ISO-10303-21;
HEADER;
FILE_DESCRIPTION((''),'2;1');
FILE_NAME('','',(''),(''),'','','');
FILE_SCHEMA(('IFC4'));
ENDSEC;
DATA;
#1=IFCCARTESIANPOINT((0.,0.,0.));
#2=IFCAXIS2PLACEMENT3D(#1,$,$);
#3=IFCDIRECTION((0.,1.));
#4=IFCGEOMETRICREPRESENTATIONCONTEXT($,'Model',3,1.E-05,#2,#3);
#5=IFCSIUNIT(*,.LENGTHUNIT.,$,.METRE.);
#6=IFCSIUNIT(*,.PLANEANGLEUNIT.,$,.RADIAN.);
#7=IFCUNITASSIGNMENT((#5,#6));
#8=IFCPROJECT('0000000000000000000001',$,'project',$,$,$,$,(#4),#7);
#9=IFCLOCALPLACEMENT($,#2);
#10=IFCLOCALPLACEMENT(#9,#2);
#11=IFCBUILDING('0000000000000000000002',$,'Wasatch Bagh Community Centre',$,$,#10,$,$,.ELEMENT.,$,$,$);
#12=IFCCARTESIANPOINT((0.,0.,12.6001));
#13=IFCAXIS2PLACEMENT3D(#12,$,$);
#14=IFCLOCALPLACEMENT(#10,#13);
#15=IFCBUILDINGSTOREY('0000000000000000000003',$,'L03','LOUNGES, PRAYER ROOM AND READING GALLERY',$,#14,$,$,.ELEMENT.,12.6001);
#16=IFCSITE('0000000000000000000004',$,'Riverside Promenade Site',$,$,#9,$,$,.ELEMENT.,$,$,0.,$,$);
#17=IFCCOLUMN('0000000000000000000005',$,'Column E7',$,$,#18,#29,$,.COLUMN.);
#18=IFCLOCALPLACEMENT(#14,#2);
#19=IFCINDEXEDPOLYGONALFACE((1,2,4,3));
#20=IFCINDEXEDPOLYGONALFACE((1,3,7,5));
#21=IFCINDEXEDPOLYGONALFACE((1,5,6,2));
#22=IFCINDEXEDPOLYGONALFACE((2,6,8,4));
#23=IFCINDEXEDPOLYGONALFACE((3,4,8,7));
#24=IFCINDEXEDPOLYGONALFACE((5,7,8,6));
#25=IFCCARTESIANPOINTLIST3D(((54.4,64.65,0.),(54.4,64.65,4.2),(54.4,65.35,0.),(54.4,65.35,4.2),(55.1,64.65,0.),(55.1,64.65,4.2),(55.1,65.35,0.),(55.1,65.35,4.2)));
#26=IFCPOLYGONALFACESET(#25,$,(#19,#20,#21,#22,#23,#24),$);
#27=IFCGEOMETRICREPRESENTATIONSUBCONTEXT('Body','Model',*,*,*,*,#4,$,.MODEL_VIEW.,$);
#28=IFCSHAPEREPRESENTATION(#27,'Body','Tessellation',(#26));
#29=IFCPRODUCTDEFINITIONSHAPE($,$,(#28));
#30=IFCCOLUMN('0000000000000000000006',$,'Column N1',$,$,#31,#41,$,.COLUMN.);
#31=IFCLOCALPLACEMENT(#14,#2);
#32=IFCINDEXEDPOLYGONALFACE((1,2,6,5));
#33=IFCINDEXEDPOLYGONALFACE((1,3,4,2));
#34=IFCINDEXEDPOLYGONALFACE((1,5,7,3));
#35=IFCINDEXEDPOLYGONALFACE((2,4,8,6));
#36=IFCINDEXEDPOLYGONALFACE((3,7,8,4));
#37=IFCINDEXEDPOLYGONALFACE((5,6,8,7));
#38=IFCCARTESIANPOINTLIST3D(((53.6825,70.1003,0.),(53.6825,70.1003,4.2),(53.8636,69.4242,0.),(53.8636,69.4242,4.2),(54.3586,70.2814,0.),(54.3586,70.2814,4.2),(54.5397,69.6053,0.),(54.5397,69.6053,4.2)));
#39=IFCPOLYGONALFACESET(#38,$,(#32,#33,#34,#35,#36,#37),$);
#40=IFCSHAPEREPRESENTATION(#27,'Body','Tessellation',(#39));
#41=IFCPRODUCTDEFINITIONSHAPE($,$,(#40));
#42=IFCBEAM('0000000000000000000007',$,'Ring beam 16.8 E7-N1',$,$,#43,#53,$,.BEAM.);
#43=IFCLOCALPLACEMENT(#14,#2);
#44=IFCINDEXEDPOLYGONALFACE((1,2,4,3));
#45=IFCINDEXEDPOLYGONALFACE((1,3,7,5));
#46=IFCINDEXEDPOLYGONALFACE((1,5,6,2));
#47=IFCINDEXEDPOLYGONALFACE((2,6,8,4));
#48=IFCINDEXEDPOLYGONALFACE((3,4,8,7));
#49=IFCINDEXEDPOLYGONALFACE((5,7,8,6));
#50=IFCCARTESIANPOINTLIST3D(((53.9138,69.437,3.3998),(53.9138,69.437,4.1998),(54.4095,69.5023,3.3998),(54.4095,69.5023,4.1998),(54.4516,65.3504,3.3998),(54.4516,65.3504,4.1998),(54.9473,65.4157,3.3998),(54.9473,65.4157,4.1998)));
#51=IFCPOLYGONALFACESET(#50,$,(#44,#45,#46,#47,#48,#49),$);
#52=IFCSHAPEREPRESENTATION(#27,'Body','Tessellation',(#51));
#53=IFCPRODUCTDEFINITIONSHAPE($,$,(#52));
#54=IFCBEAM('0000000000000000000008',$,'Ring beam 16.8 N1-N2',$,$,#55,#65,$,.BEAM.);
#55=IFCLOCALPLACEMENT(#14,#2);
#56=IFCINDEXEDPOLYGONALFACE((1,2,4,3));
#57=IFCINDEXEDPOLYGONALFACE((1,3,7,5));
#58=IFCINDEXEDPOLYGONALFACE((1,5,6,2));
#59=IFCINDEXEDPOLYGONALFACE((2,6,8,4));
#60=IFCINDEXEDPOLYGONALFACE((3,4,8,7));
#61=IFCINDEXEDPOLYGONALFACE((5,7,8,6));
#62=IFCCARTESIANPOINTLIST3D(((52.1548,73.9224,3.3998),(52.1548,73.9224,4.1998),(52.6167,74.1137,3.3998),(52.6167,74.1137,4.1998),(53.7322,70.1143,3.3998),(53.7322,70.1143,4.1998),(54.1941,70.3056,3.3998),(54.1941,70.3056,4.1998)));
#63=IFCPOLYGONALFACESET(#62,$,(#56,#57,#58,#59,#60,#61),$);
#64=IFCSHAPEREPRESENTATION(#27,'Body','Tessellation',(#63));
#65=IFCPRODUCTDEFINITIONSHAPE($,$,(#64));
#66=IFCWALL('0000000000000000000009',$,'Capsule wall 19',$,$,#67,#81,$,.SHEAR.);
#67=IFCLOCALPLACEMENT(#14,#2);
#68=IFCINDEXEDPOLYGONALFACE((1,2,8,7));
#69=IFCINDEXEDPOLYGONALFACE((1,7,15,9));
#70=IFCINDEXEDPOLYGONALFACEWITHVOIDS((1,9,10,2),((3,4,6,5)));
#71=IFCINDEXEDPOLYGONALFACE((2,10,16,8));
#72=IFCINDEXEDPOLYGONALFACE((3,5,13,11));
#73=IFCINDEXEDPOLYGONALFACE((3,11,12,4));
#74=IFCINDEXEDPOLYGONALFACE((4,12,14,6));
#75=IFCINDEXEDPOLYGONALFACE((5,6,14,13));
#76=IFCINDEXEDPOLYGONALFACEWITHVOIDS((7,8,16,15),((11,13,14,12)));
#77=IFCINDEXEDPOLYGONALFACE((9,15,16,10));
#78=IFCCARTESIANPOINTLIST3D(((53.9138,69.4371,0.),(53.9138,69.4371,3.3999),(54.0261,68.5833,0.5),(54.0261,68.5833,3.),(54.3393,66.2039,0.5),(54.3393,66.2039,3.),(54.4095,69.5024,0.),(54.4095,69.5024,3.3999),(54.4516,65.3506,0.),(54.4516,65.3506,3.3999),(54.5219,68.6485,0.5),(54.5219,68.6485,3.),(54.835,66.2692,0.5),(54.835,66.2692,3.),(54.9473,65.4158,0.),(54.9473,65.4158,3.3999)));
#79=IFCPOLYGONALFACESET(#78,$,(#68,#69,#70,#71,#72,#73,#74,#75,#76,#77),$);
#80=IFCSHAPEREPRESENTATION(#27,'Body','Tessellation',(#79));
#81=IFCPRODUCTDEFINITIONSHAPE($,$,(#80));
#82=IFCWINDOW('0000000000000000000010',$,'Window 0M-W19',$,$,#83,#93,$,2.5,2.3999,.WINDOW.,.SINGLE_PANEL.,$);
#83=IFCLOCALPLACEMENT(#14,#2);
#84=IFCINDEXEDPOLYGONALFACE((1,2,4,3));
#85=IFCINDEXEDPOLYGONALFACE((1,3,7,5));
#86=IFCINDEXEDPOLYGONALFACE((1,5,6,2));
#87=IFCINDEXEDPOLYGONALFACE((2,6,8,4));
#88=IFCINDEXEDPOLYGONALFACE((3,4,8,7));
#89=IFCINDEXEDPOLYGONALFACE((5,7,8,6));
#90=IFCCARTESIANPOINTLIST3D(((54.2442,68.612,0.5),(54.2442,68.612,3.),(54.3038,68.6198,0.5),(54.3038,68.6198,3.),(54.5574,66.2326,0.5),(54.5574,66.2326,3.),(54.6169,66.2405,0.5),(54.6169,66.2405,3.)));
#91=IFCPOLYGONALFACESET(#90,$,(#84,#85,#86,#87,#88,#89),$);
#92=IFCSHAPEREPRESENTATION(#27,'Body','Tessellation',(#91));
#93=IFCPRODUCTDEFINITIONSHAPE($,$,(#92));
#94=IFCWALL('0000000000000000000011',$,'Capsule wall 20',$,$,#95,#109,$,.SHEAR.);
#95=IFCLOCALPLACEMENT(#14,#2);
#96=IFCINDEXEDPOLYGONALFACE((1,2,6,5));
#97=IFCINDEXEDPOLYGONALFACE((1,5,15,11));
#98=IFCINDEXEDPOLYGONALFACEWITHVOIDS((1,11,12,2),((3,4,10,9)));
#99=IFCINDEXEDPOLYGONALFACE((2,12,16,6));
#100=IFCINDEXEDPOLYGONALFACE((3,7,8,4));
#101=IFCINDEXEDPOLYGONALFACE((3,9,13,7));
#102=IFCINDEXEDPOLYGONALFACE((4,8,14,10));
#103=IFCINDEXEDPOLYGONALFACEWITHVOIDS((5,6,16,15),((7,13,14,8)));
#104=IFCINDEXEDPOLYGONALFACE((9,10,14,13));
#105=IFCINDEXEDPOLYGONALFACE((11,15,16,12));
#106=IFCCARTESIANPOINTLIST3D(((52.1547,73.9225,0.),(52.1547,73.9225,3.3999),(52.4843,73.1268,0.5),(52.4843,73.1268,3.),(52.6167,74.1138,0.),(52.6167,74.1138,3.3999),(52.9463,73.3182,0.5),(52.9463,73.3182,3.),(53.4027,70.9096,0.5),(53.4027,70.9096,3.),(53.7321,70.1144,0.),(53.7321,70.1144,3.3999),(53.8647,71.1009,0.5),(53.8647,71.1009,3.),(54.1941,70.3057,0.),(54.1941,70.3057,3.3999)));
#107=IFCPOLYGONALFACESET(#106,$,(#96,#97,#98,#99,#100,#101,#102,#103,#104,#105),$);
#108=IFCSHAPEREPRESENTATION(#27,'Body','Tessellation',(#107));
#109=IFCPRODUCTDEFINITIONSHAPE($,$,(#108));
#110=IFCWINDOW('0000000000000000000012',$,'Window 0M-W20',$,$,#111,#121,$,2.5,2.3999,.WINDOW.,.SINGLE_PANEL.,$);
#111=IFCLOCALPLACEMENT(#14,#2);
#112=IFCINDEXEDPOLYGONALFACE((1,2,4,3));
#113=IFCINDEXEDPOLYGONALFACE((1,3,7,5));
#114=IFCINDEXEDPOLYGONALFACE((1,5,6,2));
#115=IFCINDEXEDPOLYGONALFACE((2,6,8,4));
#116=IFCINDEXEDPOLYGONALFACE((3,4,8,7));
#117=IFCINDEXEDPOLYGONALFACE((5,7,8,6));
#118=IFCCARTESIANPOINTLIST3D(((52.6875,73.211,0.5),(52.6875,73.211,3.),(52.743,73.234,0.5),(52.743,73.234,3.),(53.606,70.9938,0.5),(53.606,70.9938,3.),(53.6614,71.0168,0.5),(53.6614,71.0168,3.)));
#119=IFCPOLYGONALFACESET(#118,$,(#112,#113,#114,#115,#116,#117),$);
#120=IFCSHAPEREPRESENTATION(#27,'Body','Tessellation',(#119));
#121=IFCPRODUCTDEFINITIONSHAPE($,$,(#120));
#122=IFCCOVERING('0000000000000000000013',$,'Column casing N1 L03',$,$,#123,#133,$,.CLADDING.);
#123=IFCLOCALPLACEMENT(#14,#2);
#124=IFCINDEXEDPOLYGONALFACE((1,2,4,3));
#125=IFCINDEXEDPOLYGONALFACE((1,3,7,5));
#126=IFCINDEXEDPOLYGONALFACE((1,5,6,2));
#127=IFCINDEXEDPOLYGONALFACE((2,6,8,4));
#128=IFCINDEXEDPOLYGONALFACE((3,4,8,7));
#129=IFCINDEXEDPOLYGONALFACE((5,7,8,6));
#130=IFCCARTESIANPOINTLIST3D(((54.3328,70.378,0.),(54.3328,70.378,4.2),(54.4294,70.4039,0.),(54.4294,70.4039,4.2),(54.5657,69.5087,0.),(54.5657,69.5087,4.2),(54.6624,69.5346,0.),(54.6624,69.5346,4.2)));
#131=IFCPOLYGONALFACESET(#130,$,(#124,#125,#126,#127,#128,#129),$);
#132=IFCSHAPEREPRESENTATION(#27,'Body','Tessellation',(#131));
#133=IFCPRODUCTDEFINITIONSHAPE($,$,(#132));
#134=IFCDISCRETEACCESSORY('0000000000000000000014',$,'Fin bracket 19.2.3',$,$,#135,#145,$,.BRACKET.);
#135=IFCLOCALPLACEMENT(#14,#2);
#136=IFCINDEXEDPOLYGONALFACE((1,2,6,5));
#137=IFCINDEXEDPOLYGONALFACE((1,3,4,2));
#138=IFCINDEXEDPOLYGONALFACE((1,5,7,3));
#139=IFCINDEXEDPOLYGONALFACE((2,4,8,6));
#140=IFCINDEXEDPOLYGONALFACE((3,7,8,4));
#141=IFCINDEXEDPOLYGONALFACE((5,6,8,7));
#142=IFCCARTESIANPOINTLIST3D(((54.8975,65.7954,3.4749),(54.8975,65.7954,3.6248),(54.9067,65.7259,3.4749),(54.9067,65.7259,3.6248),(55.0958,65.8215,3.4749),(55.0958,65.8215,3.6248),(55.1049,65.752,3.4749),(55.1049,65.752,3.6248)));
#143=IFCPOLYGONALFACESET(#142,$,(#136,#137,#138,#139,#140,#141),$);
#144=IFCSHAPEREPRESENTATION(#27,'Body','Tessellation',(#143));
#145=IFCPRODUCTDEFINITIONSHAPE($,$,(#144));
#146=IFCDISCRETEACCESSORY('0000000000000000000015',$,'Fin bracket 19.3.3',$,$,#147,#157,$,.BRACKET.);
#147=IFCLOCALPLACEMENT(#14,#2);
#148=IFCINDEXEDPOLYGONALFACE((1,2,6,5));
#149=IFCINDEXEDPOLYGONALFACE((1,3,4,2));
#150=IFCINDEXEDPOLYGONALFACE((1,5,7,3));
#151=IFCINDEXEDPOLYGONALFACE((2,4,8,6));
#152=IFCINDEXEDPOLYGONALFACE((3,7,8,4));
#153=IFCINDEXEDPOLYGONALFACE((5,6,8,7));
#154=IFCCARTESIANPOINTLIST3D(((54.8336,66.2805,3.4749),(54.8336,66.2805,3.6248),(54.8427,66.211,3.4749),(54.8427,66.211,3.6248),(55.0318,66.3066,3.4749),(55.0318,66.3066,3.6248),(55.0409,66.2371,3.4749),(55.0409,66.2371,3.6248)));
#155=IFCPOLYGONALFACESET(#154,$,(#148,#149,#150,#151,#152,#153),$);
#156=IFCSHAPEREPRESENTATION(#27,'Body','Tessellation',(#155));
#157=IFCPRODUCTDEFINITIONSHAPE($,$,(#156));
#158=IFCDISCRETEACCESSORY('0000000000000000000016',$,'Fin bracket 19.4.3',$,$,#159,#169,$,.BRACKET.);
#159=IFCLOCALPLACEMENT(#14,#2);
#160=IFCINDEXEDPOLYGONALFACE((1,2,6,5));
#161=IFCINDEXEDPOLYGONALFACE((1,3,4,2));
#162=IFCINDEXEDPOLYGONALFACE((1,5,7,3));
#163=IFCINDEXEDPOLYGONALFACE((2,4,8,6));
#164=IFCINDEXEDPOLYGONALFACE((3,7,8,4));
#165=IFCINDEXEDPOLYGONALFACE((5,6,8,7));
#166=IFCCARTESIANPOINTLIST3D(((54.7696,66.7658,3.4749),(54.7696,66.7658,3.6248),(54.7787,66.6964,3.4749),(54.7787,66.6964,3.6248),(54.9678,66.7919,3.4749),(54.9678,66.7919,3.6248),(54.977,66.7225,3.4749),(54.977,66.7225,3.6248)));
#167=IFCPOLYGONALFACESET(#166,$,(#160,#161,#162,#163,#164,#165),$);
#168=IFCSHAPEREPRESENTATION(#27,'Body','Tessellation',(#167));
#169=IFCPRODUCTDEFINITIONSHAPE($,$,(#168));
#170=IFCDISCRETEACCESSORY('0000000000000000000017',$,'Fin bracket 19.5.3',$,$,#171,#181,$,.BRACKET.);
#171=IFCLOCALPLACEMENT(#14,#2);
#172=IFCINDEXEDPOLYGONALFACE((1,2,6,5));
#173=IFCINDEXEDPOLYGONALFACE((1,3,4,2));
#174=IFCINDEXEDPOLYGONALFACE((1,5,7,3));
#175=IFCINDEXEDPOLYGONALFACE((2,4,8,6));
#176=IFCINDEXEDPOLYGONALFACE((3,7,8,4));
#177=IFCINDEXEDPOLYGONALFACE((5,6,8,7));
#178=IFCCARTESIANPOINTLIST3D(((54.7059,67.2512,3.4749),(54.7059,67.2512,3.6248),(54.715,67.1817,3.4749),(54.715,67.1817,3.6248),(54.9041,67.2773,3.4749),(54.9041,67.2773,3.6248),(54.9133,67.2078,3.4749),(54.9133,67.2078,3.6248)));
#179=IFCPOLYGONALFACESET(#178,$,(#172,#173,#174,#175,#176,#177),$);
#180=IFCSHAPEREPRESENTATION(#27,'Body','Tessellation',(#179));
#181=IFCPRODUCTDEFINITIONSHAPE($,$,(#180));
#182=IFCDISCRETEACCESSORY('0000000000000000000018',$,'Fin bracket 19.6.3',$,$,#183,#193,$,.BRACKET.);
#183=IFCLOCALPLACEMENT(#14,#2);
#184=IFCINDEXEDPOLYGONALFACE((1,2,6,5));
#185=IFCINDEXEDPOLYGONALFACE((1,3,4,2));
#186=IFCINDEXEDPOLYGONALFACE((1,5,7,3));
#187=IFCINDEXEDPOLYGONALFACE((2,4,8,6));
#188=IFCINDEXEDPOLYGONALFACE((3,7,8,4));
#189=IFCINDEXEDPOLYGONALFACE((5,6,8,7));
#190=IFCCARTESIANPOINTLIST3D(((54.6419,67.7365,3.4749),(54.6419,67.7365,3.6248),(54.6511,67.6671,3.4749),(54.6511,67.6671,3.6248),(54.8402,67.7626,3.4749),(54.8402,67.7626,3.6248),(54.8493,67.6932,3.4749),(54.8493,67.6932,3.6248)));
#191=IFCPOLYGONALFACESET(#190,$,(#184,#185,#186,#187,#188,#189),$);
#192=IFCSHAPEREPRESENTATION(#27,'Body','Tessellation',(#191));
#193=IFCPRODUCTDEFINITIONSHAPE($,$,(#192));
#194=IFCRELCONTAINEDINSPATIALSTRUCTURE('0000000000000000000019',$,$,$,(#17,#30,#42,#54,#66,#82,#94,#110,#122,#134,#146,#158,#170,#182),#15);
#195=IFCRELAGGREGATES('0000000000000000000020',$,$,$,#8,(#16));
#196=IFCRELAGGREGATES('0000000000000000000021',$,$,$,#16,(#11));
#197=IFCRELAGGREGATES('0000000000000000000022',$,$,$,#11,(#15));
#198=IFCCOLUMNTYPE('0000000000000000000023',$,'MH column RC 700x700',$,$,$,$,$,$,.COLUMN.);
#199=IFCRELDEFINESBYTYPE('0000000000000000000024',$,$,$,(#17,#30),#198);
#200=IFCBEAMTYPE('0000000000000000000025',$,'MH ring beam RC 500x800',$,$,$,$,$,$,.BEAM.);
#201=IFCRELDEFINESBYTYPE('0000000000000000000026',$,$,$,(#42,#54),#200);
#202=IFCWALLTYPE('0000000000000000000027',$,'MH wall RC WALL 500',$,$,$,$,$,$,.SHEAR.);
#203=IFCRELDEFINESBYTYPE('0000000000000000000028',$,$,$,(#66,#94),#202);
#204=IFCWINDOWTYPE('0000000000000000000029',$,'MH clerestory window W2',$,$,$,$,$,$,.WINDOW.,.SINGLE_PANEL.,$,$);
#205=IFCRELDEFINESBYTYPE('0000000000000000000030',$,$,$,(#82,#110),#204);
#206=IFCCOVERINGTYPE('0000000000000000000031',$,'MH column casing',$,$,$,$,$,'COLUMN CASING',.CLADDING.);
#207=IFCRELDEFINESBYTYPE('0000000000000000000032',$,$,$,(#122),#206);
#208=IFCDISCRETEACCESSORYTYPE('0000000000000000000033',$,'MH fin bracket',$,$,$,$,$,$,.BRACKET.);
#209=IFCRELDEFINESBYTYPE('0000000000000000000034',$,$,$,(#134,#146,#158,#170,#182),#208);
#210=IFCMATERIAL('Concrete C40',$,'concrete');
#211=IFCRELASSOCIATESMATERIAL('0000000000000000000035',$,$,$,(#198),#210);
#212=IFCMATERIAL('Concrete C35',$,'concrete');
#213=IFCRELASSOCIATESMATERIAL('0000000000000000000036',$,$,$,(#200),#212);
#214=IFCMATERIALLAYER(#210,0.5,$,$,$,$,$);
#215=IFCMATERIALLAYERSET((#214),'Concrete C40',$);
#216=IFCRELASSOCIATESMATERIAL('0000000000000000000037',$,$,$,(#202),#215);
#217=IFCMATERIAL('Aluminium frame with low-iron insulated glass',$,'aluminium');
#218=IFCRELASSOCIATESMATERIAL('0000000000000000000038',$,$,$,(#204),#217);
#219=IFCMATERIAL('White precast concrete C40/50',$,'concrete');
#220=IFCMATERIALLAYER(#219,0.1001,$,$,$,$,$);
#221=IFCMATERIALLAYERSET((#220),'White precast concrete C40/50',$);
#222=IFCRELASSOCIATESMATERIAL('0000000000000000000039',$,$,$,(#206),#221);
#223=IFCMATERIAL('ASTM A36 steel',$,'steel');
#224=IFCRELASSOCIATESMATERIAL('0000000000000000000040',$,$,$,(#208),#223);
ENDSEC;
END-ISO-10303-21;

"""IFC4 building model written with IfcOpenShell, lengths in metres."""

from ifc_helpers import new_model, si_unit, direction, frame, frame_2d, origin, origin_2d, place, context, subcontext, project, spatial, rectangle, extrude, material, layer, layer_set, material_profile, profile_set, type_object, element, fill, save


model = new_model("IFC4")

# Units and contexts
model_context = context("Model", 3, precision=1e-05, world=origin(), true_north=direction((0.0, 1.0)))
body_context = subcontext(model_context, "Body", "Model", "MODEL_VIEW")
ifc_project = project(units=[si_unit("LENGTHUNIT", "METRE"), si_unit("PLANEANGLEUNIT", "RADIAN")], contexts=[model_context])

# Site, building, storey
site_placement = place(None, origin())
site = spatial("IfcSite", under=ifc_project, at=site_placement, Name="Riverside Promenade Site", CompositionType="ELEMENT", RefElevation=0.0)
building_placement = place(site_placement, origin())
building = spatial("IfcBuilding", under=site, at=building_placement, Name="Wasatch Bagh Community Centre", CompositionType="ELEMENT")
storey_placement = place(building_placement, frame((0.0, 0.0, 12.6001)))
storey = spatial("IfcBuildingStorey", under=building, at=storey_placement, Name="L03", Description="LOUNGES, PRAYER ROOM AND READING GALLERY", CompositionType="ELEMENT", Elevation=12.6001)

# Columns
ifc_material_1 = material(Name="Concrete C40", Category="concrete")
ifc_material_profile_1 = material_profile(ifc_material_1, rectangle(XDim=0.7, YDim=0.7, at=origin_2d()), Name="RC 700x700")
ifc_profile_set_1 = profile_set([ifc_material_profile_1], Name="Concrete C40")
column_type = type_object("IfcColumnType", Name="MH column RC 700x700", PredefinedType="COLUMN", material=ifc_profile_set_1)
for number, where, z_axis, x_axis, name in (
    (1, (54.75, 65.0, 0.0), (0.0, 0.0, 1.0), (1.0, 0.0, 0.0), "Column E7"),
    (2, (54.1111, 69.8528, 0.0), (0.0, 0.0, 1.0), (0.965926, 0.258819, 0.0), "Column N1"),
):
    element("IfcColumn", number, at=place(storey_placement, frame(where, z_axis=z_axis, x_axis=x_axis)), inside=storey, type_object=column_type, Name=name, PredefinedType="COLUMN", context=body_context, shape_type="SweptSolid", body=[
        extrude(rectangle(XDim=0.7, YDim=0.7, at=origin_2d()), origin(), (0.0, 0.0, 1.0), 4.2),
    ])

# Beams
ifc_material_2 = material(Name="Concrete C35", Category="concrete")
ifc_material_profile_2 = material_profile(ifc_material_2, rectangle(XDim=0.5, YDim=0.8, at=origin_2d()), Name="RC 500x800")
ifc_profile_set_2 = profile_set([ifc_material_profile_2], Name="Concrete C35")
beam_type = type_object("IfcBeamType", Name="MH ring beam RC 500x800", PredefinedType="BEAM", material=ifc_profile_set_2)
for number, where, z_axis, x_axis, name in (
    (3, (54.6995, 65.3831, 3.7998), (-0.130484, 0.99145, 0.0), (-0.99145, -0.130484, 0.0), "Ring beam 16.8 E7-N1"),
    (4, (53.9631, 70.21, 3.7998), (-0.382688, 0.923878, 0.0), (-0.923878, -0.382688, 0.0), "Ring beam 16.8 N1-N2"),
):
    element("IfcBeam", number, at=place(storey_placement, frame(where, z_axis=z_axis, x_axis=x_axis)), inside=storey, type_object=beam_type, Name=name, PredefinedType="BEAM", context=body_context, shape_type="SweptSolid", body=[
        extrude(rectangle(XDim=0.5, YDim=0.8, at=origin_2d()), origin(), (0.0, 0.0, 1.0), 4.1218),
    ])

# Walls, openings, windows
ifc_layer_1 = layer(ifc_material_1, 0.5)
ifc_layer_set_1 = layer_set([ifc_layer_1], Name="Concrete C40")
wall_type = type_object("IfcWallType", Name="MH wall RC WALL 500", PredefinedType="SHEAR", material=ifc_layer_set_1)
wall_1_placement = place(storey_placement, frame((54.6995, 65.3831, 0.0), z_axis=(0.0, 0.0, 1.0), x_axis=(-0.130484, 0.99145, 0.0)))
wall_1 = element("IfcWall", 5, at=wall_1_placement, inside=storey, type_object=wall_type, Name="Capsule wall 19", PredefinedType="SHEAR", context=body_context, shape_type="SweptSolid", body=[
    extrude(rectangle(XDim=4.1218, YDim=0.5, at=frame_2d((2.061, 0.0))), origin(), (0.0, 0.0, 1.0), 3.3999),
])
opening_1_placement = place(wall_1_placement, frame((0.8608, 0.0, 0.5)))
opening_1 = element("IfcOpeningElement", 6, at=opening_1_placement, cuts=wall_1, PredefinedType="OPENING", context=body_context, shape_type="SweptSolid", body=[
    extrude(rectangle(XDim=2.3999, YDim=2.5, at=frame_2d((1.2, 1.25))), frame((0.0, 0.26, 0.0), z_axis=(0.0, -1.0, 0.0), x_axis=(1.0, 0.0, 0.0)), (0.0, 0.0, 1.0), 0.52),
])
ifc_material_3 = material(Name="Aluminium frame with low-iron insulated glass", Category="aluminium")
window_type = type_object("IfcWindowType", Name="MH clerestory window W2", PartitioningType="SINGLE_PANEL", PredefinedType="WINDOW", material=ifc_material_3)
window_1_placement = place(opening_1_placement, origin())
window_1 = element("IfcWindow", 7, at=window_1_placement, inside=storey, type_object=window_type, Name="Window 0M-W19", OverallHeight=2.5, OverallWidth=2.3999, PartitioningType="SINGLE_PANEL", PredefinedType="WINDOW", context=body_context, shape_type="SweptSolid", body=[
    extrude(rectangle(XDim=2.3999, YDim=2.5, at=frame_2d((1.2, 1.25))), frame((0.0, 0.03, 0.0), z_axis=(0.0, -1.0, 0.0), x_axis=(1.0, 0.0, 0.0)), (0.0, 0.0, 1.0), 0.0601),
])
fill(opening_1, window_1)
wall_2_placement = place(storey_placement, frame((53.9631, 70.21, 0.0), z_axis=(0.0, 0.0, 1.0), x_axis=(-0.382688, 0.923878, 0.0)))
wall_2 = element("IfcWall", 8, at=wall_2_placement, inside=storey, type_object=wall_type, Name="Capsule wall 20", PredefinedType="SHEAR", context=body_context, shape_type="SweptSolid", body=[
    extrude(rectangle(XDim=4.1218, YDim=0.5, at=frame_2d((2.061, 0.0))), origin(), (0.0, 0.0, 1.0), 3.3999),
])
opening_2_placement = place(wall_2_placement, frame((0.8608, 0.0, 0.5)))
opening_2 = element("IfcOpeningElement", 9, at=opening_2_placement, cuts=wall_2, PredefinedType="OPENING", context=body_context, shape_type="SweptSolid", body=[
    extrude(rectangle(XDim=2.3999, YDim=2.5, at=frame_2d((1.2, 1.25))), frame((0.0, 0.26, 0.0), z_axis=(0.0, -1.0, 0.0), x_axis=(1.0, 0.0, 0.0)), (0.0, 0.0, 1.0), 0.52),
])
window_2_placement = place(opening_2_placement, origin())
window_2 = element("IfcWindow", 10, at=window_2_placement, inside=storey, type_object=window_type, Name="Window 0M-W20", OverallHeight=2.5, OverallWidth=2.3999, PartitioningType="SINGLE_PANEL", PredefinedType="WINDOW", context=body_context, shape_type="SweptSolid", body=[
    extrude(rectangle(XDim=2.3999, YDim=2.5, at=frame_2d((1.2, 1.25))), frame((0.0, 0.03, 0.0), z_axis=(0.0, -1.0, 0.0), x_axis=(1.0, 0.0, 0.0)), (0.0, 0.0, 1.0), 0.0601),
])
fill(opening_2, window_2)

# Covering
ifc_material_4 = material(Name="White precast concrete C40/50", Category="concrete")
ifc_layer_2 = layer(ifc_material_4, 0.1001)
ifc_layer_set_2 = layer_set([ifc_layer_2], Name="White precast concrete C40/50")
covering_type = type_object("IfcCoveringType", Name="MH column casing", ElementType="COLUMN CASING", PredefinedType="CLADDING", material=ifc_layer_set_2)
covering_placement = place(storey_placement, frame((54.4976, 69.9563, 0.0), z_axis=(0.0, 0.0, 1.0), x_axis=(-0.258819, 0.965926, 0.0)))
element("IfcCovering", 11, at=covering_placement, inside=storey, type_object=covering_type, Name="Column casing N1 L03", PredefinedType="CLADDING", context=body_context, shape_type="SweptSolid", body=[
    extrude(rectangle(XDim=0.8999, YDim=0.1001, at=origin_2d()), origin(), (0.0, 0.0, 1.0), 4.2),
])

# Discrete accessories
ifc_material_5 = material(Name="ASTM A36 steel", Category="steel")
discrete_accessory_type = type_object("IfcDiscreteAccessoryType", Name="MH fin bracket", PredefinedType="BRACKET", material=ifc_material_5)
for number, where, z_axis, x_axis, name in (
    (12, (55.0012, 65.7737, 3.4749), (0.0, 0.0, 1.0), (-0.130526, 0.991445, 0.0), "Fin bracket 19.2.3"),
    (13, (54.9373, 66.2588, 3.4749), (0.0, 0.0, 1.0), (-0.130526, 0.991445, 0.0), "Fin bracket 19.3.3"),
    (14, (54.8733, 66.7441, 3.4749), (0.0, 0.0, 1.0), (-0.130526, 0.991445, 0.0), "Fin bracket 19.4.3"),
    (15, (54.8096, 67.2295, 3.4749), (0.0, 0.0, 1.0), (-0.130526, 0.991445, 0.0), "Fin bracket 19.5.3"),
    (16, (54.7456, 67.7148, 3.4749), (0.0, 0.0, 1.0), (-0.130526, 0.991445, 0.0), "Fin bracket 19.6.3"),
):
    element("IfcDiscreteAccessory", number, at=place(storey_placement, frame(where, z_axis=z_axis, x_axis=x_axis)), inside=storey, type_object=discrete_accessory_type, Name=name, PredefinedType="BRACKET", context=body_context, shape_type="SweptSolid", body=[
        extrude(rectangle(XDim=0.0701, YDim=0.2, at=origin_2d()), origin(), (0.0, 0.0, 1.0), 0.1499),
    ])

save(model, "model.ifc")
